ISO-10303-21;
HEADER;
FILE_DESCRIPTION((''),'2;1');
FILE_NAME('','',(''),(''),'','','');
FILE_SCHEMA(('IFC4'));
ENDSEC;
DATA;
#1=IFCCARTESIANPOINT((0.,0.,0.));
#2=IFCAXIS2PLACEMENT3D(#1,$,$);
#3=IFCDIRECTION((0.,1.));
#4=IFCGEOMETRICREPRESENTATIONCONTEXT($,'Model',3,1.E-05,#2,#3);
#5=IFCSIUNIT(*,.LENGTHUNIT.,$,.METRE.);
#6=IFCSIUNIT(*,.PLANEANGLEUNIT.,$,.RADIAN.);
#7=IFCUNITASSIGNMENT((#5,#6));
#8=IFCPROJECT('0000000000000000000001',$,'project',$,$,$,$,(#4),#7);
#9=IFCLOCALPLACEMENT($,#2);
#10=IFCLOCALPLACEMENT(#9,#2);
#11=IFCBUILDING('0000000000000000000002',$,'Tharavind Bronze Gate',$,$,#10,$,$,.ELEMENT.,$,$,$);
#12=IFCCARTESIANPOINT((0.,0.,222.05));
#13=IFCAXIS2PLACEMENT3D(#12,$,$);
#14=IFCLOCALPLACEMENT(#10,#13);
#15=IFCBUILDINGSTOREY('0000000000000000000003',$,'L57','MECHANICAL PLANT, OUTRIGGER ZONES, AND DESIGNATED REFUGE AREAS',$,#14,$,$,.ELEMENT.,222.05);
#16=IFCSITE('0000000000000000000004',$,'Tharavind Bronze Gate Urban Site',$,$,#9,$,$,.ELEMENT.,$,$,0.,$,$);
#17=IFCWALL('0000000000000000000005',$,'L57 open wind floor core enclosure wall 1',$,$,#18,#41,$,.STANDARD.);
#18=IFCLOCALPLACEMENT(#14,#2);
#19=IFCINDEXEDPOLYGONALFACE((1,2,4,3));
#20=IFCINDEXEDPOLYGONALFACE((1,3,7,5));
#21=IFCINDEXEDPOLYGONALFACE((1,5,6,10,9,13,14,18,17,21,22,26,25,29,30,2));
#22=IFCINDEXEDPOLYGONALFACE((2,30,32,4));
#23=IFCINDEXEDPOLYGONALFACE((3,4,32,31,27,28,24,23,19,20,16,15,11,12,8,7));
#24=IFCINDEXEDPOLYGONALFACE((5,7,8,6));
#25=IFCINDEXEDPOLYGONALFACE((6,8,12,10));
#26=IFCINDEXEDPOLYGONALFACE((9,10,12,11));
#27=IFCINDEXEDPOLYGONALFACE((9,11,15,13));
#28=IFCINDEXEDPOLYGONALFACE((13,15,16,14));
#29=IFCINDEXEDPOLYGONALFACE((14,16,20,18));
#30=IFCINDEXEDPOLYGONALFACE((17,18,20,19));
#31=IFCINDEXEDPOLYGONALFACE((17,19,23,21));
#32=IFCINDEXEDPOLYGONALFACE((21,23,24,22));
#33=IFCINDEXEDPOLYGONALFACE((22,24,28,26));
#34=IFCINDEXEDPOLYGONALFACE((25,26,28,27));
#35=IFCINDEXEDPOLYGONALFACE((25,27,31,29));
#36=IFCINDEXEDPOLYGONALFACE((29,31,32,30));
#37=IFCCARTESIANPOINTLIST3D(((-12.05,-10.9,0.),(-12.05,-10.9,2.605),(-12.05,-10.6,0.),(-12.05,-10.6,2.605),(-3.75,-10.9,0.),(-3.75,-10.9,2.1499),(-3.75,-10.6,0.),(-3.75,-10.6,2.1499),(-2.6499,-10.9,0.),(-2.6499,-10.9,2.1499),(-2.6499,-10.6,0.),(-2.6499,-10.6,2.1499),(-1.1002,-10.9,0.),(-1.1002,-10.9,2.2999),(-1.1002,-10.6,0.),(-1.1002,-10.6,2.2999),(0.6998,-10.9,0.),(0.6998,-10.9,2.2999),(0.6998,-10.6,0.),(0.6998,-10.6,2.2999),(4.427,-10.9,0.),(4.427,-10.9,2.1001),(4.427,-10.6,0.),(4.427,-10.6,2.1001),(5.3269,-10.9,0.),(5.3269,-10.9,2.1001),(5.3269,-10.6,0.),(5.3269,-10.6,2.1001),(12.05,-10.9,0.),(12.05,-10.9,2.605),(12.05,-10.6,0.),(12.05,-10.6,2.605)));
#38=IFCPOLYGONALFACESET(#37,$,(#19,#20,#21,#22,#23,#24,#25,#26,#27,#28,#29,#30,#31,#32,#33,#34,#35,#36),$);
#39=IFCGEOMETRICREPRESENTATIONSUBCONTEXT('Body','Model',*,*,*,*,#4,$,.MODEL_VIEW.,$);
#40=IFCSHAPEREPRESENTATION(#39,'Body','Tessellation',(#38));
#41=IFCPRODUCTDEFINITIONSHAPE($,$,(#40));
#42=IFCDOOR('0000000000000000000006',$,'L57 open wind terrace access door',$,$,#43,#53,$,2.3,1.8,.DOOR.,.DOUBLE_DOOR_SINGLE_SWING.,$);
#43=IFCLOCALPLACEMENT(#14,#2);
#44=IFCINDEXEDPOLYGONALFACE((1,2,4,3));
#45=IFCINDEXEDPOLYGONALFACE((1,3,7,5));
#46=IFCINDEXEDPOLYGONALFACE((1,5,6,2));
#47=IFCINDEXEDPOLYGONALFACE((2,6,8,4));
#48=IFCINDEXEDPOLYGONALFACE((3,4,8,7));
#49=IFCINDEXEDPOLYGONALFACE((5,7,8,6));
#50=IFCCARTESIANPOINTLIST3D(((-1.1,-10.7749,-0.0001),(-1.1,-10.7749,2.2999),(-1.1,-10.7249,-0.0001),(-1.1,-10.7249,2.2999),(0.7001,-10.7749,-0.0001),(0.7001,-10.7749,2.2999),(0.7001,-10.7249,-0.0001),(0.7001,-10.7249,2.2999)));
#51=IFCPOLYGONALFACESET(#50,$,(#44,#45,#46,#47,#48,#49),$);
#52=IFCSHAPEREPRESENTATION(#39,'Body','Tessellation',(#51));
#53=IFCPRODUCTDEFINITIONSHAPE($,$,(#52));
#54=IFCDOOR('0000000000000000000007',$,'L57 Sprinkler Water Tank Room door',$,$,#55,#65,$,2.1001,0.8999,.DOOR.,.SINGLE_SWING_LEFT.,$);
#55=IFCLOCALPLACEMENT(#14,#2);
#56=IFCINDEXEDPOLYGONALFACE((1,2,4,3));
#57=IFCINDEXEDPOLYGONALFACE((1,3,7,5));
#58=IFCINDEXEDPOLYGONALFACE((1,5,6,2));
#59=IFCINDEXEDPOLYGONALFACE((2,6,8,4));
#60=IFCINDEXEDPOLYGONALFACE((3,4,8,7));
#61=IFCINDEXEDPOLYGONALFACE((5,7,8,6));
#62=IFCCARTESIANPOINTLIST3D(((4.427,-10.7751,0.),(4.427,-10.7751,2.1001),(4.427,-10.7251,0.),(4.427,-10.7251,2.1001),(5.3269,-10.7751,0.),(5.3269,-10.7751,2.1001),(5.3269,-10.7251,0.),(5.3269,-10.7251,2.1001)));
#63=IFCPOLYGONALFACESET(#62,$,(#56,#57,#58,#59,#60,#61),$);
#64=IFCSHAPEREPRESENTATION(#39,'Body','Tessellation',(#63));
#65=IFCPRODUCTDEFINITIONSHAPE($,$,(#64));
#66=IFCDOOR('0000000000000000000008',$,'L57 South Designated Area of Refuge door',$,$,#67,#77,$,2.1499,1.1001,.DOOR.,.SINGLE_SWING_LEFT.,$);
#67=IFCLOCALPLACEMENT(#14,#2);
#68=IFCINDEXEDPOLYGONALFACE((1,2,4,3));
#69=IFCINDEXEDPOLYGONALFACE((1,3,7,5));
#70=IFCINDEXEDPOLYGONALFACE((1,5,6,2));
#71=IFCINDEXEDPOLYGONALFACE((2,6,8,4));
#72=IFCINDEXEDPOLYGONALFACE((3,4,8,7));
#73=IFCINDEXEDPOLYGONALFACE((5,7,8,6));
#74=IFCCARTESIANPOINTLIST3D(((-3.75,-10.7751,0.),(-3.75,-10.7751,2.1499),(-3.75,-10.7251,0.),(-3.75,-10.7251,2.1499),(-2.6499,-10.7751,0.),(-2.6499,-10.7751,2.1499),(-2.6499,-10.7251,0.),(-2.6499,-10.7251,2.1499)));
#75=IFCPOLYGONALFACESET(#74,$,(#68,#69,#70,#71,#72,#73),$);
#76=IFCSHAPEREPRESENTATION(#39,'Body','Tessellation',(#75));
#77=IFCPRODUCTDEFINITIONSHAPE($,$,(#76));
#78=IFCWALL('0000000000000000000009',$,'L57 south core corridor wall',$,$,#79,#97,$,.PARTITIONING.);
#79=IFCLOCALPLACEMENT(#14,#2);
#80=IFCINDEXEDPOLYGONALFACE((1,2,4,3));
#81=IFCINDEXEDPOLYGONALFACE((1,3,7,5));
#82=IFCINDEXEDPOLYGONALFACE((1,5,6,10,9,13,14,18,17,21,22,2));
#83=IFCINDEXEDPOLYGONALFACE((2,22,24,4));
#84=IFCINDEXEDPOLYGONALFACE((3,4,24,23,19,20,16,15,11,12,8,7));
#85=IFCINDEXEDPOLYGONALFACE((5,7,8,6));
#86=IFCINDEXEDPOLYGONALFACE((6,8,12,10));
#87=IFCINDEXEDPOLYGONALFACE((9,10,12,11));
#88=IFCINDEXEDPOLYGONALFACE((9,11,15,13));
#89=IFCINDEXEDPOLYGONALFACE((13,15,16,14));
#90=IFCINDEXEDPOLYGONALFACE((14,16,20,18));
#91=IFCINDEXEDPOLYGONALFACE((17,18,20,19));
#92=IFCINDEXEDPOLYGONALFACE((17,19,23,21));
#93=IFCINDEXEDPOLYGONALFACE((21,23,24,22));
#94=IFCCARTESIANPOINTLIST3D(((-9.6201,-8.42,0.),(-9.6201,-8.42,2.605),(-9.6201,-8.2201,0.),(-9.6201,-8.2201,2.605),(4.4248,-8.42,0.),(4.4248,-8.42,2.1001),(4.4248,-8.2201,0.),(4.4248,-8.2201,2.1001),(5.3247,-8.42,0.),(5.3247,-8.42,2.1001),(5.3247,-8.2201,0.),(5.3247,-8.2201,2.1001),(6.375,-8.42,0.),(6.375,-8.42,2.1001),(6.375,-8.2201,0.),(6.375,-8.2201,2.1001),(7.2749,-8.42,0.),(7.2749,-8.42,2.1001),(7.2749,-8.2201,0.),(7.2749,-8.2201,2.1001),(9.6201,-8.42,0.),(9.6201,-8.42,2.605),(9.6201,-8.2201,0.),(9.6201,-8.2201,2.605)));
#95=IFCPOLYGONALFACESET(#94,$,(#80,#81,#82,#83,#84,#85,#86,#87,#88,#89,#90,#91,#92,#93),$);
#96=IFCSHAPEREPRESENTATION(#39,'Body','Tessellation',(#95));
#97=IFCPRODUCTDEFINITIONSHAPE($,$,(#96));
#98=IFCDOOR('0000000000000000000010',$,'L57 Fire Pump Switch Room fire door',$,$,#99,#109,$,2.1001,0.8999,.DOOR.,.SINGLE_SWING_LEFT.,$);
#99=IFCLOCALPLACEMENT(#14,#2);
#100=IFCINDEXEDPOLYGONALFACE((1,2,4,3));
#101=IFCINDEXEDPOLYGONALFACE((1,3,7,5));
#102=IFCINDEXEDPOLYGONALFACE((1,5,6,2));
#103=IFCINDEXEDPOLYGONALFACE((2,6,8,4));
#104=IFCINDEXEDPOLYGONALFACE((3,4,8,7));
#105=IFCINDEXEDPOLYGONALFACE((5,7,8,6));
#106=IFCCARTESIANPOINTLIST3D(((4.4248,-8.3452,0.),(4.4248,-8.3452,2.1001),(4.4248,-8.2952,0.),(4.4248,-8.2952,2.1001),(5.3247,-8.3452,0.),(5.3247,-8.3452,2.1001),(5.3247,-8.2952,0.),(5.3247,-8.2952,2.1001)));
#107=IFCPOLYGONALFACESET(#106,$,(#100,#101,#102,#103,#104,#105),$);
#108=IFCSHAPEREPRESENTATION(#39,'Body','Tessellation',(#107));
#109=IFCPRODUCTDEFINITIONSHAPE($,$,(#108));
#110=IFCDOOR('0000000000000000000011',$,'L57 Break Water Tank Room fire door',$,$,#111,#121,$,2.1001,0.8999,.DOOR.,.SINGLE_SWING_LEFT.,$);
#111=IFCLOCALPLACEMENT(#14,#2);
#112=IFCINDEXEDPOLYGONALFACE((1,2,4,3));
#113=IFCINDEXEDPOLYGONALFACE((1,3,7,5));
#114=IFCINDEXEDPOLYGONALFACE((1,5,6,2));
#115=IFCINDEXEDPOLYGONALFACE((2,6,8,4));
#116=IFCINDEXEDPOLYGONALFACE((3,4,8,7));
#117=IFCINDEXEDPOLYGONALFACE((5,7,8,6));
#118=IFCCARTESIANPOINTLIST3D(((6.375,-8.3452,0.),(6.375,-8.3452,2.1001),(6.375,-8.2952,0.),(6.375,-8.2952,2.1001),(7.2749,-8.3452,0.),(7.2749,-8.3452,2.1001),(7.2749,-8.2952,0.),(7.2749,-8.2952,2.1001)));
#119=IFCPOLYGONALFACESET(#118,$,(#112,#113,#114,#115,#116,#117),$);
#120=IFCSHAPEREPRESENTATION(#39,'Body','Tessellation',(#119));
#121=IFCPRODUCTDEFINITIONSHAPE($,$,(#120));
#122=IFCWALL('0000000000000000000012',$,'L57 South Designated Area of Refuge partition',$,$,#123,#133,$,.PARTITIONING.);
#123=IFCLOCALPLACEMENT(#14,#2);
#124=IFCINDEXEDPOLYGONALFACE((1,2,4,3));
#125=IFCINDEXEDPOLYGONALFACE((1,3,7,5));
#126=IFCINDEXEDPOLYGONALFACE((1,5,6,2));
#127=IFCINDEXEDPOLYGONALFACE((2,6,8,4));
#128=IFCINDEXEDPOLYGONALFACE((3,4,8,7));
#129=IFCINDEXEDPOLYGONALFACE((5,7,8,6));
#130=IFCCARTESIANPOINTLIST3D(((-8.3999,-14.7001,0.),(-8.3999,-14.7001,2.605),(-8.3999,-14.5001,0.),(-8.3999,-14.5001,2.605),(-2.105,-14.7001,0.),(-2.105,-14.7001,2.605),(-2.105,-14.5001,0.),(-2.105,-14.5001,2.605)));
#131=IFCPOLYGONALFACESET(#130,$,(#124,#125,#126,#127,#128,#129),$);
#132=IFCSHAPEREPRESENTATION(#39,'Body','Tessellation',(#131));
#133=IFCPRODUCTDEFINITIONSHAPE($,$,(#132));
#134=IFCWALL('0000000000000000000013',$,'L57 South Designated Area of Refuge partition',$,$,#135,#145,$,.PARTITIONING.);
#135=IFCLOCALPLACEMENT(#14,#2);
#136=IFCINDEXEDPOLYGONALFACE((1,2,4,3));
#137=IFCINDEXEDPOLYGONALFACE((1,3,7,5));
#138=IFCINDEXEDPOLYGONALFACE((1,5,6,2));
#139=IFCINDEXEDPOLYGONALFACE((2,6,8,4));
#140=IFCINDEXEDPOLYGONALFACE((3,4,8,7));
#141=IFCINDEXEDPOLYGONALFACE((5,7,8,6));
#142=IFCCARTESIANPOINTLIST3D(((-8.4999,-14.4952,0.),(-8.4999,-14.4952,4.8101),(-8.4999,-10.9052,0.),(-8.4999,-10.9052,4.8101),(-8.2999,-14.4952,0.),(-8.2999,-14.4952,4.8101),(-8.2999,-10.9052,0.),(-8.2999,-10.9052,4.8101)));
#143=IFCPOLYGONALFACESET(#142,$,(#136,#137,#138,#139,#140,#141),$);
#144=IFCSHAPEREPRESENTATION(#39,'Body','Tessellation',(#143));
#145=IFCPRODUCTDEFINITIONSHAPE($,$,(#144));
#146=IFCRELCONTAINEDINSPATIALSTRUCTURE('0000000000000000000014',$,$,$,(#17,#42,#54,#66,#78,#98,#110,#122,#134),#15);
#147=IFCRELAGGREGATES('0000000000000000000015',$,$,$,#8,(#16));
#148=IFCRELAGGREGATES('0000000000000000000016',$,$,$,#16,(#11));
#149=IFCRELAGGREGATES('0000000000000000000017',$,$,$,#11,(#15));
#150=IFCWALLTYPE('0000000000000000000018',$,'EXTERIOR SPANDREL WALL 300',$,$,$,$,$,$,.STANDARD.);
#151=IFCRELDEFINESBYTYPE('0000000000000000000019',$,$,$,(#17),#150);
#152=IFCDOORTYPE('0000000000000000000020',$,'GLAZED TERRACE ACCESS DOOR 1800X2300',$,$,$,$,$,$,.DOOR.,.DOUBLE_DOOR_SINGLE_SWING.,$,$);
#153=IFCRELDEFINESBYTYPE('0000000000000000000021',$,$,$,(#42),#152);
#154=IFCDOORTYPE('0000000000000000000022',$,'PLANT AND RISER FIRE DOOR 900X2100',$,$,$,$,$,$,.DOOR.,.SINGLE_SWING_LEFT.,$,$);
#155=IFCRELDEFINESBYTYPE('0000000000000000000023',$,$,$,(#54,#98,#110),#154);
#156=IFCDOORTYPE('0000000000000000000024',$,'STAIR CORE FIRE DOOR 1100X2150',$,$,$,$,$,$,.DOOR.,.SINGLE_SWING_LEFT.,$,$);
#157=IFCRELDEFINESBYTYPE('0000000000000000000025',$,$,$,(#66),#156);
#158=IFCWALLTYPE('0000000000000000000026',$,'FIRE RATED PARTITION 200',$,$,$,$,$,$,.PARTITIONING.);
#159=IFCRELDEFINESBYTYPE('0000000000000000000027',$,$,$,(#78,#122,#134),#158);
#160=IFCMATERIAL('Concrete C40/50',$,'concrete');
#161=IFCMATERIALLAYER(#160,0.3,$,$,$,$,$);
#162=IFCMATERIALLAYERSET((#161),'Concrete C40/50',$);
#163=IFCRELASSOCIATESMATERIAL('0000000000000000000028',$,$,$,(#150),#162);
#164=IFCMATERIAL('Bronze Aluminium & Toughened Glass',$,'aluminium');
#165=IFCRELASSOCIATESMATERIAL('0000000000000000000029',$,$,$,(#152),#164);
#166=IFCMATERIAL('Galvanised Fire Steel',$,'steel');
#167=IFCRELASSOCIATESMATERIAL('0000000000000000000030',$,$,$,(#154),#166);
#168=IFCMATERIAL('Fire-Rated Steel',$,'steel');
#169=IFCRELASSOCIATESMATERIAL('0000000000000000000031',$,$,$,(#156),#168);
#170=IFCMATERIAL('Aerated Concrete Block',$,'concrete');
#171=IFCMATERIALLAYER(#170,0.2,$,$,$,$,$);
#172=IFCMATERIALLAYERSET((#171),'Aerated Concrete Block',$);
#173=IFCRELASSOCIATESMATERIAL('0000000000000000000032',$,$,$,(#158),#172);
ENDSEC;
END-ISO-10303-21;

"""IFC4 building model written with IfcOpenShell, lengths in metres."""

from ifc_helpers import new_model, si_unit, direction, frame, frame_2d, origin, place, context, subcontext, project, spatial, rectangle, extrude, material, layer, layer_set, type_object, element, fill, save


model = new_model("IFC4")

# Units and contexts
model_context = context("Model", 3, precision=1e-05, world=origin(), true_north=direction((0.0, 1.0)))
body_context = subcontext(model_context, "Body", "Model", "MODEL_VIEW")
ifc_project = project(units=[si_unit("LENGTHUNIT", "METRE"), si_unit("PLANEANGLEUNIT", "RADIAN")], contexts=[model_context])

# Site, building, storey
site_placement = place(None, origin())
site = spatial("IfcSite", under=ifc_project, at=site_placement, Name="Tharavind Bronze Gate Urban Site", CompositionType="ELEMENT", RefElevation=0.0)
building_placement = place(site_placement, origin())
building = spatial("IfcBuilding", under=site, at=building_placement, Name="Tharavind Bronze Gate", CompositionType="ELEMENT")
storey_placement = place(building_placement, frame((0.0, 0.0, 222.05)))
storey = spatial("IfcBuildingStorey", under=building, at=storey_placement, Name="L57", Description="MECHANICAL PLANT, OUTRIGGER ZONES, AND DESIGNATED REFUGE AREAS", CompositionType="ELEMENT", Elevation=222.05)

# Walls, openings, doors
ifc_material_1 = material(Name="Concrete C40/50", Category="concrete")
ifc_layer_1 = layer(ifc_material_1, 0.3)
ifc_layer_set_1 = layer_set([ifc_layer_1], Name="Concrete C40/50")
wall_type_1 = type_object("IfcWallType", Name="EXTERIOR SPANDREL WALL 300", PredefinedType="STANDARD", material=ifc_layer_set_1)
wall_1_placement = place(storey_placement, frame((-12.05, -10.75, 0.0), z_axis=(0.0, 0.0, 1.0), x_axis=(1.0, 0.0, 0.0)))
wall_1 = element("IfcWall", 1, at=wall_1_placement, inside=storey, type_object=wall_type_1, Name="L57 open wind floor core enclosure wall 1", PredefinedType="STANDARD", context=body_context, shape_type="SweptSolid", body=[
    extrude(rectangle(XDim=24.1001, YDim=0.3, at=frame_2d((12.05, 0.0))), origin(), (0.0, 0.0, 1.0), 2.605),
])
opening_1_placement = place(wall_1_placement, frame((10.95, 0.0, 0.0)))
opening_1 = element("IfcOpeningElement", 2, at=opening_1_placement, cuts=wall_1, PredefinedType="OPENING", context=body_context, shape_type="SweptSolid", body=[
    extrude(rectangle(XDim=1.8, YDim=2.3, at=frame_2d((0.8999, 1.1499))), frame((0.0, 0.1599, 0.0), z_axis=(0.0, -1.0, 0.0), x_axis=(1.0, 0.0, 0.0)), (0.0, 0.0, 1.0), 0.32),
])
opening_2_placement = place(wall_1_placement, frame((8.3, 0.0, 0.0)))
opening_2 = element("IfcOpeningElement", 3, at=opening_2_placement, cuts=wall_1, PredefinedType="OPENING", context=body_context, shape_type="SweptSolid", body=[
    extrude(rectangle(XDim=1.1001, YDim=2.1499, at=frame_2d((0.55, 1.075))), frame((0.0, 0.1599, 0.0), z_axis=(0.0, -1.0, 0.0), x_axis=(1.0, 0.0, 0.0)), (0.0, 0.0, 1.0), 0.32),
])
opening_3_placement = place(wall_1_placement, frame((16.4771, 0.0, 0.0)))
opening_3 = element("IfcOpeningElement", 4, at=opening_3_placement, cuts=wall_1, PredefinedType="OPENING", context=body_context, shape_type="SweptSolid", body=[
    extrude(rectangle(XDim=0.8999, YDim=2.1001, at=frame_2d((0.45, 1.05))), frame((0.0, 0.1599, 0.0), z_axis=(0.0, -1.0, 0.0), x_axis=(1.0, 0.0, 0.0)), (0.0, 0.0, 1.0), 0.32),
])
ifc_material_2 = material(Name="Bronze Aluminium & Toughened Glass", Category="aluminium")
door_type_1 = type_object("IfcDoorType", Name="GLAZED TERRACE ACCESS DOOR 1800X2300", OperationType="DOUBLE_DOOR_SINGLE_SWING", PredefinedType="DOOR", material=ifc_material_2)
door_1_placement = place(opening_1_placement, frame((1.8, 0.0, 0.0), z_axis=(0.0, 0.0, 1.0), x_axis=(-1.0, 0.0, 0.0)))
door_1 = element("IfcDoor", 5, at=door_1_placement, inside=storey, type_object=door_type_1, Name="L57 open wind terrace access door", OperationType="DOUBLE_DOOR_SINGLE_SWING", OverallHeight=2.3, OverallWidth=1.8, PredefinedType="DOOR", context=body_context, shape_type="SweptSolid", body=[
    extrude(rectangle(XDim=1.8, YDim=2.3, at=frame_2d((0.8999, 1.1499))), frame((0.0, 0.0249, 0.0), z_axis=(0.0, -1.0, 0.0), x_axis=(1.0, 0.0, 0.0)), (0.0, 0.0, 1.0), 0.05),
])
fill(opening_1, door_1)
ifc_material_3 = material(Name="Galvanised Fire Steel", Category="steel")
door_type_2 = type_object("IfcDoorType", Name="PLANT AND RISER FIRE DOOR 900X2100", OperationType="SINGLE_SWING_LEFT", PredefinedType="DOOR", material=ifc_material_3)
door_2_placement = place(opening_3_placement, origin())
door_2 = element("IfcDoor", 6, at=door_2_placement, inside=storey, type_object=door_type_2, Name="L57 Sprinkler Water Tank Room door", OperationType="SINGLE_SWING_LEFT", OverallHeight=2.1001, OverallWidth=0.8999, PredefinedType="DOOR", context=body_context, shape_type="SweptSolid", body=[
    extrude(rectangle(XDim=0.8999, YDim=2.1001, at=frame_2d((0.45, 1.05))), frame((0.0, 0.0249, 0.0), z_axis=(0.0, -1.0, 0.0), x_axis=(1.0, 0.0, 0.0)), (0.0, 0.0, 1.0), 0.05),
])
fill(opening_3, door_2)
ifc_material_4 = material(Name="Fire-Rated Steel", Category="steel")
door_type_3 = type_object("IfcDoorType", Name="STAIR CORE FIRE DOOR 1100X2150", OperationType="SINGLE_SWING_LEFT", PredefinedType="DOOR", material=ifc_material_4)
door_3_placement = place(opening_2_placement, origin())
door_3 = element("IfcDoor", 7, at=door_3_placement, inside=storey, type_object=door_type_3, Name="L57 South Designated Area of Refuge door", OperationType="SINGLE_SWING_LEFT", OverallHeight=2.1499, OverallWidth=1.1001, PredefinedType="DOOR", context=body_context, shape_type="SweptSolid", body=[
    extrude(rectangle(XDim=1.1001, YDim=2.1499, at=frame_2d((0.55, 1.075))), frame((0.0, 0.0249, 0.0), z_axis=(0.0, -1.0, 0.0), x_axis=(1.0, 0.0, 0.0)), (0.0, 0.0, 1.0), 0.05),
])
fill(opening_2, door_3)
ifc_material_5 = material(Name="Aerated Concrete Block", Category="concrete")
ifc_layer_2 = layer(ifc_material_5, 0.2)
ifc_layer_set_2 = layer_set([ifc_layer_2], Name="Aerated Concrete Block")
wall_type_2 = type_object("IfcWallType", Name="FIRE RATED PARTITION 200", PredefinedType="PARTITIONING", material=ifc_layer_set_2)
wall_2_placement = place(storey_placement, frame((-9.6201, -8.3201, 0.0), z_axis=(0.0, 0.0, 1.0), x_axis=(1.0, 0.0, 0.0)))
wall_2 = element("IfcWall", 8, at=wall_2_placement, inside=storey, type_object=wall_type_2, Name="L57 south core corridor wall", PredefinedType="PARTITIONING", context=body_context, shape_type="SweptSolid", body=[
    extrude(rectangle(XDim=19.2402, YDim=0.2, at=frame_2d((9.6201, 0.0))), origin(), (0.0, 0.0, 1.0), 2.605),
])
opening_4_placement = place(wall_2_placement, frame((14.0449, 0.0, 0.0)))
opening_4 = element("IfcOpeningElement", 9, at=opening_4_placement, cuts=wall_2, PredefinedType="OPENING", context=body_context, shape_type="SweptSolid", body=[
    extrude(rectangle(XDim=0.8999, YDim=2.1001, at=frame_2d((0.45, 1.05))), frame((0.0, 0.1101, 0.0), z_axis=(0.0, -1.0, 0.0), x_axis=(1.0, 0.0, 0.0)), (0.0, 0.0, 1.0), 0.22),
])
opening_5_placement = place(wall_2_placement, frame((15.9951, 0.0, 0.0)))
opening_5 = element("IfcOpeningElement", 10, at=opening_5_placement, cuts=wall_2, PredefinedType="OPENING", context=body_context, shape_type="SweptSolid", body=[
    extrude(rectangle(XDim=0.8999, YDim=2.1001, at=frame_2d((0.45, 1.05))), frame((0.0, 0.1101, 0.0), z_axis=(0.0, -1.0, 0.0), x_axis=(1.0, 0.0, 0.0)), (0.0, 0.0, 1.0), 0.22),
])
door_4_placement = place(opening_4_placement, origin())
door_4 = element("IfcDoor", 11, at=door_4_placement, inside=storey, type_object=door_type_2, Name="L57 Fire Pump Switch Room fire door", OperationType="SINGLE_SWING_LEFT", OverallHeight=2.1001, OverallWidth=0.8999, PredefinedType="DOOR", context=body_context, shape_type="SweptSolid", body=[
    extrude(rectangle(XDim=0.8999, YDim=2.1001, at=frame_2d((0.45, 1.05))), frame((0.0, 0.0249, 0.0), z_axis=(0.0, -1.0, 0.0), x_axis=(1.0, 0.0, 0.0)), (0.0, 0.0, 1.0), 0.05),
])
fill(opening_4, door_4)
door_5_placement = place(opening_5_placement, origin())
door_5 = element("IfcDoor", 12, at=door_5_placement, inside=storey, type_object=door_type_2, Name="L57 Break Water Tank Room fire door", OperationType="SINGLE_SWING_LEFT", OverallHeight=2.1001, OverallWidth=0.8999, PredefinedType="DOOR", context=body_context, shape_type="SweptSolid", body=[
    extrude(rectangle(XDim=0.8999, YDim=2.1001, at=frame_2d((0.45, 1.05))), frame((0.0, 0.0249, 0.0), z_axis=(0.0, -1.0, 0.0), x_axis=(1.0, 0.0, 0.0)), (0.0, 0.0, 1.0), 0.05),
])
fill(opening_5, door_5)

# Walls
wall_3_placement = place(storey_placement, frame((-2.105, -14.6001, 0.0), z_axis=(0.0, 0.0, 1.0), x_axis=(-1.0, 0.0, 0.0)))
element("IfcWall", 13, at=wall_3_placement, inside=storey, type_object=wall_type_2, Name="L57 South Designated Area of Refuge partition", PredefinedType="PARTITIONING", context=body_context, shape_type="SweptSolid", body=[
    extrude(rectangle(XDim=6.2949, YDim=0.2, at=frame_2d((3.1475, 0.0))), origin(), (0.0, 0.0, 1.0), 2.605),
])
wall_4_placement = place(storey_placement, frame((-8.3999, -14.4951, 0.0), z_axis=(0.0, 0.0, 1.0), x_axis=(0.0, 1.0, 0.0)))
element("IfcWall", 14, at=wall_4_placement, inside=storey, type_object=wall_type_2, Name="L57 South Designated Area of Refuge partition", PredefinedType="PARTITIONING", context=body_context, shape_type="SweptSolid", body=[
    extrude(rectangle(XDim=3.5901, YDim=0.2, at=frame_2d((1.7949, 0.0))), origin(), (0.0, 0.0, 1.0), 4.8101),
])

save(model, "model.ifc")
